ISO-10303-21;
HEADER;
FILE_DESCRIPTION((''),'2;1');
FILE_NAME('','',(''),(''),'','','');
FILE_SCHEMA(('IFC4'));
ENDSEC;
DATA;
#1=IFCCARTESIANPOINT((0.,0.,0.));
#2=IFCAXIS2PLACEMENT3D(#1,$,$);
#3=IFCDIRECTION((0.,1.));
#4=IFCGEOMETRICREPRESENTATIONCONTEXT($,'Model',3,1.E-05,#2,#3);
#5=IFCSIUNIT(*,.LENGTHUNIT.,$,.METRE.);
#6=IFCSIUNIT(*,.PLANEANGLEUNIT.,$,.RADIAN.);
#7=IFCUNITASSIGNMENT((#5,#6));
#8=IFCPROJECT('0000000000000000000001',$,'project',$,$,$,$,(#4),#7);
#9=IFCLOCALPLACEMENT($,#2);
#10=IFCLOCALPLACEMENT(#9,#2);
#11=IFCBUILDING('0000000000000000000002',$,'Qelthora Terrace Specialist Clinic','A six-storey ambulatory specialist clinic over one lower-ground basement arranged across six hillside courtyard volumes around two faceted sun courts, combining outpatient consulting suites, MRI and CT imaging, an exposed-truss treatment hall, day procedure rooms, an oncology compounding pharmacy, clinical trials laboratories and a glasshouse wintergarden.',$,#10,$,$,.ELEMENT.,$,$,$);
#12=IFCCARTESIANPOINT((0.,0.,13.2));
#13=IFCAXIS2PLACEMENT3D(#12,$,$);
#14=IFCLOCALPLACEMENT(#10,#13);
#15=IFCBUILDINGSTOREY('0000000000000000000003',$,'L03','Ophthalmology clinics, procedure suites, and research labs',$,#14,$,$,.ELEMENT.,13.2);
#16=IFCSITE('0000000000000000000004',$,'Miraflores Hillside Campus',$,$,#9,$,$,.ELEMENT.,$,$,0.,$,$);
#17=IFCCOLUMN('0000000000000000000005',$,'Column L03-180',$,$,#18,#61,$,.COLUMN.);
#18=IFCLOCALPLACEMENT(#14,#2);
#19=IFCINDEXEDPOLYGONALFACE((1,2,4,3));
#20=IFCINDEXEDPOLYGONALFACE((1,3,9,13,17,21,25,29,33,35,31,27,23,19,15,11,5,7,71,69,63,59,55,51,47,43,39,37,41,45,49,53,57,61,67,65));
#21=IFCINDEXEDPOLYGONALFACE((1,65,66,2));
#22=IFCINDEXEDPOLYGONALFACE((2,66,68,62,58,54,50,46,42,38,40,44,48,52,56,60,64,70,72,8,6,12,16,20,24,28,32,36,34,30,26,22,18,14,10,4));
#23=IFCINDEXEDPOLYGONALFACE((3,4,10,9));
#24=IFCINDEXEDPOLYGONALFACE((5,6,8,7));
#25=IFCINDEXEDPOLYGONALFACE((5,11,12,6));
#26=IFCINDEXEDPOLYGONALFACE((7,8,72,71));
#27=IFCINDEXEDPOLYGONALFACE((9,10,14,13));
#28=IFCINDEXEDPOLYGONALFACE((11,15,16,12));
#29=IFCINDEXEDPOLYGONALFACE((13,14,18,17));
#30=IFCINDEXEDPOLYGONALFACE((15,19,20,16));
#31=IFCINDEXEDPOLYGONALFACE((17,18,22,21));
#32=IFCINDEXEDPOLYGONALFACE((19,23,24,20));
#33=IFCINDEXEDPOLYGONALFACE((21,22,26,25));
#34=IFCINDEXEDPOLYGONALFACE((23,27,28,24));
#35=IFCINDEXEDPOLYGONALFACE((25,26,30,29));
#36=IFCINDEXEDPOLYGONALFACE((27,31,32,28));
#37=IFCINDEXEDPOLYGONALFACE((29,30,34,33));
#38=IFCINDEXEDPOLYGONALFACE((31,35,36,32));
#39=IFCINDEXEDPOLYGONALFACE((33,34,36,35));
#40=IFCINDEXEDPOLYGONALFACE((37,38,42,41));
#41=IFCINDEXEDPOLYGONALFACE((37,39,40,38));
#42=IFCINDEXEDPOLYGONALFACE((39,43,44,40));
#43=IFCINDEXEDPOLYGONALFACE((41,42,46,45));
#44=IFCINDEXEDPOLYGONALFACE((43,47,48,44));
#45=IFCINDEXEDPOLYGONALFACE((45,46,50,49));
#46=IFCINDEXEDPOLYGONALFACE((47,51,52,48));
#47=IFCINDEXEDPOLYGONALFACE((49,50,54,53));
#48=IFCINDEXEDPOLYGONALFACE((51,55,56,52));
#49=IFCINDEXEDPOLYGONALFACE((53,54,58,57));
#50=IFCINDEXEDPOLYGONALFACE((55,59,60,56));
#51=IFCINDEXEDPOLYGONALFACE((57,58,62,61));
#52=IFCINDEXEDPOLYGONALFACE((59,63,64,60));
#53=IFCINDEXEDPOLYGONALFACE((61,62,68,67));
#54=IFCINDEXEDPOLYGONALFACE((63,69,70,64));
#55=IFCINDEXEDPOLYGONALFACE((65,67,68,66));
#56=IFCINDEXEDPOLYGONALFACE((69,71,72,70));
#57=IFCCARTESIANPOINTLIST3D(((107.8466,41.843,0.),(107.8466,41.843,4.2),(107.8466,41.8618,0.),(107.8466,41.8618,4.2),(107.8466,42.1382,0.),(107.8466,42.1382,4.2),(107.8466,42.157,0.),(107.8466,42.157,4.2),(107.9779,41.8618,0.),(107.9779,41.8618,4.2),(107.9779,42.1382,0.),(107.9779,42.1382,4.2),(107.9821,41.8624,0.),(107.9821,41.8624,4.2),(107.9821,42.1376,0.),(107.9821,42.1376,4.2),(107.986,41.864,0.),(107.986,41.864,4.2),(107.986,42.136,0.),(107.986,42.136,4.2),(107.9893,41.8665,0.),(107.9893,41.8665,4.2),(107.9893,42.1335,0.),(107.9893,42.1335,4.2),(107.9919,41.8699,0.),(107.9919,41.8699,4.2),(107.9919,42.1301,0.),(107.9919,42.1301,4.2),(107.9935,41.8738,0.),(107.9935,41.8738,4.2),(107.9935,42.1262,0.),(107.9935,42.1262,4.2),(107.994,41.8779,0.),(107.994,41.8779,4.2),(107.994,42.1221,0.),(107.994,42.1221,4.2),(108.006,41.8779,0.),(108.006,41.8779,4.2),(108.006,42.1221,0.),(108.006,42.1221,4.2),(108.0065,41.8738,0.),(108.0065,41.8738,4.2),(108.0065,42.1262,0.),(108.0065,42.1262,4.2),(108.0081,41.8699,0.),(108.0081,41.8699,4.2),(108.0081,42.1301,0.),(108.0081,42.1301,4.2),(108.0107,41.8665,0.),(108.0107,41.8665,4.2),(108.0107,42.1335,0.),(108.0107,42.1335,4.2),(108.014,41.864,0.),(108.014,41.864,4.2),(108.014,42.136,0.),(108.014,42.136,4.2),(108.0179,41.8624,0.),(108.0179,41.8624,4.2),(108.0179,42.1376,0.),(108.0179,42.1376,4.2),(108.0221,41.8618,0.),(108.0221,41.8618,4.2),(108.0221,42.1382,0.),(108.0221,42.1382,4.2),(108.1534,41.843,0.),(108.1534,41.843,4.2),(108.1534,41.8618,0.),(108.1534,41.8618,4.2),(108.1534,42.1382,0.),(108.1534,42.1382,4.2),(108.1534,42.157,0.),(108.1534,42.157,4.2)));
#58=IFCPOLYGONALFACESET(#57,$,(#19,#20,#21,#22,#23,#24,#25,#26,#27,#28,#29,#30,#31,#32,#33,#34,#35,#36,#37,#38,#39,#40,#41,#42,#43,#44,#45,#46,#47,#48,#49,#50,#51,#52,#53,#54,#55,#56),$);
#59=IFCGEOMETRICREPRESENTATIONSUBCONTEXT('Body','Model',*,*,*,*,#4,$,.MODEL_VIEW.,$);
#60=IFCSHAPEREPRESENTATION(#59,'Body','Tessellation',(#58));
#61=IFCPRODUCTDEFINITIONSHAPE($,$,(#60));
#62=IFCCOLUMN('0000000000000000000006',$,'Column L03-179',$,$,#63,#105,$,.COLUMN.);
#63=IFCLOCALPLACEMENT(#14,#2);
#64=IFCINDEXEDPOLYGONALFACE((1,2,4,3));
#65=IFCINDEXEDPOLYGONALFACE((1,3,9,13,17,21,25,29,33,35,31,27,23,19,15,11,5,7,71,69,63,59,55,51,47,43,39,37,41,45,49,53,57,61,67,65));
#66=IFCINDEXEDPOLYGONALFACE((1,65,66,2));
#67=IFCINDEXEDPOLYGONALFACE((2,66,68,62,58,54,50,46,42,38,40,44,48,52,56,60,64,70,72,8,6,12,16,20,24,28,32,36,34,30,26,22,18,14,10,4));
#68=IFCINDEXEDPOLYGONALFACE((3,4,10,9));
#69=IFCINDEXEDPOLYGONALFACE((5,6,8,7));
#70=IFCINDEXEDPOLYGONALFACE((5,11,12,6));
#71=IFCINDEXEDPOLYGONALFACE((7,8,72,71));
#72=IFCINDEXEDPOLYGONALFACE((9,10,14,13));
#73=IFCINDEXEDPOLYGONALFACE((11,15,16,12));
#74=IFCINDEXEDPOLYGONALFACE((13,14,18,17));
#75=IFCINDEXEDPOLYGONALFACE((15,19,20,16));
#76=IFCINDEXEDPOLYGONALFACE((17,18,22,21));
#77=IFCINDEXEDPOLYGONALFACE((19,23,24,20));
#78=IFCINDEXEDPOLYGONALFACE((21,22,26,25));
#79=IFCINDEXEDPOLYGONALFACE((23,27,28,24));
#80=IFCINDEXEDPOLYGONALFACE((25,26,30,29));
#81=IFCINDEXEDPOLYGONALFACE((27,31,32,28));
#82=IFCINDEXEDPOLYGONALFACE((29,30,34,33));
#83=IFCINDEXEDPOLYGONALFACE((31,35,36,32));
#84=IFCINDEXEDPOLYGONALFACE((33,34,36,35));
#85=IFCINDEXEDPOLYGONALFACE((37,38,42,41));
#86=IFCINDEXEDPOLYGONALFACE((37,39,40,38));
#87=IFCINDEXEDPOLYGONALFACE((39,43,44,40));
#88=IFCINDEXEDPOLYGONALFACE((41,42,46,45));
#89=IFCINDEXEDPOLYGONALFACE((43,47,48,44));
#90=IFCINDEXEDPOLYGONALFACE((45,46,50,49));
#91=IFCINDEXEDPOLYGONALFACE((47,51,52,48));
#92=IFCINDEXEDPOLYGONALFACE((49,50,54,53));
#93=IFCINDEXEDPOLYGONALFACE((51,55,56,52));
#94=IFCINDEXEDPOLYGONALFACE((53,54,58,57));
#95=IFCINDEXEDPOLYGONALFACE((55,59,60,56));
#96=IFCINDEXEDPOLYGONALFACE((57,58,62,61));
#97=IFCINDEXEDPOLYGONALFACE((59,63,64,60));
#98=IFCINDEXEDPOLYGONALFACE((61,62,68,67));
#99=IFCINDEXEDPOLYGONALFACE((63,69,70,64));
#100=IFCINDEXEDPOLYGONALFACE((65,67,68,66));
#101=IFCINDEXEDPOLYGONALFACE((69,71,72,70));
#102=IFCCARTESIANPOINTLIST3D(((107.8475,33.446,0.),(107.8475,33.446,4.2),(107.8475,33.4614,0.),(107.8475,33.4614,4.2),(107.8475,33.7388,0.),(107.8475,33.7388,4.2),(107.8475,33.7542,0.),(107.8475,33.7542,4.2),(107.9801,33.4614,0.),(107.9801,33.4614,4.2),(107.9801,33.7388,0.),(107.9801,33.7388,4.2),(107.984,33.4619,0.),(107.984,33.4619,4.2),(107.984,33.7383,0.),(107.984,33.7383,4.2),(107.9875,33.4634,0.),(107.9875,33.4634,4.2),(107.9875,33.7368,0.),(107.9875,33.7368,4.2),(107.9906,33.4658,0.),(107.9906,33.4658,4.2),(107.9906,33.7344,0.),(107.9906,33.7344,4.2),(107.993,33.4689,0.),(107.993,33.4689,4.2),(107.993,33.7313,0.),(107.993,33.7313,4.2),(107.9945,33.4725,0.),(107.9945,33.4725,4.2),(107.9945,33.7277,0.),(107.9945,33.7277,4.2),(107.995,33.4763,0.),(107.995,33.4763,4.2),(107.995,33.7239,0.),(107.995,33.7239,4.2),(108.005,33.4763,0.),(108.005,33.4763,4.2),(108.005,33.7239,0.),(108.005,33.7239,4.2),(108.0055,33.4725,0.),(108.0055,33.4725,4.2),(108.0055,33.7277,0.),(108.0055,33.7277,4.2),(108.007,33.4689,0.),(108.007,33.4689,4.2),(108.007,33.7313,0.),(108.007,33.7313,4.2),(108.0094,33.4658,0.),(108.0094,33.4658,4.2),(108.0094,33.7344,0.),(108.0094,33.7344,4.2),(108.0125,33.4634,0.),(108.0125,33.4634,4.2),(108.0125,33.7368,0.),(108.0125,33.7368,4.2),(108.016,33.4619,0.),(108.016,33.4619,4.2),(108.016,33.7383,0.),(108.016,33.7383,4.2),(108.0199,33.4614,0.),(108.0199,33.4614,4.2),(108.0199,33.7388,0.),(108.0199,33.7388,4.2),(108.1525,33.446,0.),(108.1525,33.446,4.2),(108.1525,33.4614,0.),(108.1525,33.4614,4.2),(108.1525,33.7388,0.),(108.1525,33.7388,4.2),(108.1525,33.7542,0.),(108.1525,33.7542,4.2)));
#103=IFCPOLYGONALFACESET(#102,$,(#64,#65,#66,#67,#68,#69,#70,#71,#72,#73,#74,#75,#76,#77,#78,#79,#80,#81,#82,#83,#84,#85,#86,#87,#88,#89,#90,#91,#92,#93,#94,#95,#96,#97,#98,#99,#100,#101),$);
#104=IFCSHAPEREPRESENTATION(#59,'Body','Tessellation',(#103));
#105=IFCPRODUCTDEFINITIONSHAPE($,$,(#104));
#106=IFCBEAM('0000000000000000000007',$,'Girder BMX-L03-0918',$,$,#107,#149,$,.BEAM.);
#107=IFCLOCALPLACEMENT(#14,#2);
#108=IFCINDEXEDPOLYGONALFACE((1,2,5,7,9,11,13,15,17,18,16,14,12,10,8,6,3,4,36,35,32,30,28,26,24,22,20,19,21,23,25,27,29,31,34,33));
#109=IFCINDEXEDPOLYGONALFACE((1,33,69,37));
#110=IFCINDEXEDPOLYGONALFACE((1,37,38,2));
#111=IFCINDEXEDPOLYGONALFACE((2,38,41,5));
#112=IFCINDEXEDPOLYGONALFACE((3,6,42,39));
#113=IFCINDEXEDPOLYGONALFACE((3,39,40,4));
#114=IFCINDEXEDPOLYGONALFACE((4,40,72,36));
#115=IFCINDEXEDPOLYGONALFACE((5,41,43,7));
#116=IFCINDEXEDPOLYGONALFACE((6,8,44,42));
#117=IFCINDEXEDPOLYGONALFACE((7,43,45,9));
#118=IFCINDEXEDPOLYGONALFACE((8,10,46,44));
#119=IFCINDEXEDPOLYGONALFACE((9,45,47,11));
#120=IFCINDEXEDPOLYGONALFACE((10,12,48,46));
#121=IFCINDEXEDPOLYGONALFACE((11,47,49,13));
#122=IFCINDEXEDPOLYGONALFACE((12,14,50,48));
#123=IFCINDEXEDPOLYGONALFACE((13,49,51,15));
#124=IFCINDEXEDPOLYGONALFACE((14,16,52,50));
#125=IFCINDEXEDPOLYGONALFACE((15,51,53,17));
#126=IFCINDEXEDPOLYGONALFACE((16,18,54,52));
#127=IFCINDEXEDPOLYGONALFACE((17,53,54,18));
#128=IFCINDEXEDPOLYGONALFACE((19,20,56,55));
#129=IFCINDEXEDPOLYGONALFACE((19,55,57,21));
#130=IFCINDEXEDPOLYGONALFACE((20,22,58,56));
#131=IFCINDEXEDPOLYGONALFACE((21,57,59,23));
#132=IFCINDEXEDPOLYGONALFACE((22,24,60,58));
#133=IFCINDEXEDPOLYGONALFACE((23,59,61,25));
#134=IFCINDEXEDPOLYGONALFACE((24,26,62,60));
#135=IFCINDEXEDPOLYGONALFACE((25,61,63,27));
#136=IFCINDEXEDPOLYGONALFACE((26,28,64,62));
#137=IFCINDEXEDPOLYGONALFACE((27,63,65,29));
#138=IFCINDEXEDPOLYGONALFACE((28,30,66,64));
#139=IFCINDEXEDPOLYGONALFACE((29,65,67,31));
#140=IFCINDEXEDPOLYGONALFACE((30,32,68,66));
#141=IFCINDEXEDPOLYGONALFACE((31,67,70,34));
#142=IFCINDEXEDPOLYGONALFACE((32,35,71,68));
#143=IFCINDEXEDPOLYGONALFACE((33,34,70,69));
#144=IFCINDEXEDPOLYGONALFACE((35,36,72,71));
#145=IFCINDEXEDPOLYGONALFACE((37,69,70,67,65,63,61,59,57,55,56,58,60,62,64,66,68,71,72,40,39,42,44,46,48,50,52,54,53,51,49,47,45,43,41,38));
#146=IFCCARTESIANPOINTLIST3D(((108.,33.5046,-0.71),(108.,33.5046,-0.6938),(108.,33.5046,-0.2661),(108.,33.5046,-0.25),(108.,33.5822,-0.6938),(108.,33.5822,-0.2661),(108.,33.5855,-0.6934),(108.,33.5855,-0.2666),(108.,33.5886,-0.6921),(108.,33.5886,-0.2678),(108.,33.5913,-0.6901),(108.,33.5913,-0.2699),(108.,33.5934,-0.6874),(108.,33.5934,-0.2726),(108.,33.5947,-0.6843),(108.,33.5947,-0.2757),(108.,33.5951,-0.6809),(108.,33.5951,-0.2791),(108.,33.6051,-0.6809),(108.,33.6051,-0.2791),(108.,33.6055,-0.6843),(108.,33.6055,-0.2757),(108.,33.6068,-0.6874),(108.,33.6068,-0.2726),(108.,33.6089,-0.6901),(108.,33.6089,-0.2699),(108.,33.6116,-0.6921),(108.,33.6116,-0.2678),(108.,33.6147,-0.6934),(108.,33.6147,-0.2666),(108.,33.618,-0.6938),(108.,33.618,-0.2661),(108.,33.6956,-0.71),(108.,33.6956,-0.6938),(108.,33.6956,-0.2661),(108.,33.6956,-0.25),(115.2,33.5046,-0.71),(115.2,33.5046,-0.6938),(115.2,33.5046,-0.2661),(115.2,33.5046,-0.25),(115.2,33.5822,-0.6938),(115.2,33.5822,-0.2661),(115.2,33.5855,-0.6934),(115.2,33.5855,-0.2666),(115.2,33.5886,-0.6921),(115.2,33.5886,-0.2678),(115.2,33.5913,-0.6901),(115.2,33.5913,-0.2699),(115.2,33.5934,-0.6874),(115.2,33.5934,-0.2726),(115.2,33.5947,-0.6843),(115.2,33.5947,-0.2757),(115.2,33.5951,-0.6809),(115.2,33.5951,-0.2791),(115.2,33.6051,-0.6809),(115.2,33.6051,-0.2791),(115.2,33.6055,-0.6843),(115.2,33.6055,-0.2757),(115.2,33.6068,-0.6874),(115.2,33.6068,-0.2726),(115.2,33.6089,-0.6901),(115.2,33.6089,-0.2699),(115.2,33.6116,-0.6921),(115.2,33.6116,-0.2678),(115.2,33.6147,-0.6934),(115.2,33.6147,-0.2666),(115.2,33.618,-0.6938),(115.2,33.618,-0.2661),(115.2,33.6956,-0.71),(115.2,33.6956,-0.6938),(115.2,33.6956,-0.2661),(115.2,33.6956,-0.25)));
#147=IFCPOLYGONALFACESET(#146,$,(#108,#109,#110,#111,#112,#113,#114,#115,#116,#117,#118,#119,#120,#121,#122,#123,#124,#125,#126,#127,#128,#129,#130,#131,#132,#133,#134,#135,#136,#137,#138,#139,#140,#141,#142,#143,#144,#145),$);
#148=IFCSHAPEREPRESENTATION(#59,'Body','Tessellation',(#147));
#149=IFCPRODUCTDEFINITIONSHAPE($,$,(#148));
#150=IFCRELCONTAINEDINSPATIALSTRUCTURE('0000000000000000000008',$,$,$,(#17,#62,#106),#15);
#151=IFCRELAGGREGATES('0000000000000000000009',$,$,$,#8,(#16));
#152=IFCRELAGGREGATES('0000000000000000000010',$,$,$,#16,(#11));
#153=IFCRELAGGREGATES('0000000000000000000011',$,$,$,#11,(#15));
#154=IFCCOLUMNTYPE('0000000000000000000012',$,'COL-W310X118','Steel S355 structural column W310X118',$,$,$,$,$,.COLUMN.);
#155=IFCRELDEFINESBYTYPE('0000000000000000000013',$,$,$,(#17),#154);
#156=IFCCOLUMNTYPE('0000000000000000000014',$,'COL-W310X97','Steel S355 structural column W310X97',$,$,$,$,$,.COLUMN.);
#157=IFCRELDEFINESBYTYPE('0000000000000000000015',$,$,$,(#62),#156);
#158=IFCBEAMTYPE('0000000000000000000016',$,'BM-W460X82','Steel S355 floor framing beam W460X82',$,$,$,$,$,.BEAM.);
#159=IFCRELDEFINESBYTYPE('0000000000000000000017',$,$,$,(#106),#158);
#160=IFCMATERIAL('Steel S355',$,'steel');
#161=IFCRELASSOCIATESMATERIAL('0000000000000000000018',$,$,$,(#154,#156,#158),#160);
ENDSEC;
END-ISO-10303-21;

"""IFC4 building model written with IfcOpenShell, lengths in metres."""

from ifc_helpers import new_model, si_unit, direction, frame, origin, origin_2d, place, context, subcontext, project, spatial, i_section, extrude, material, material_profile, profile_set, type_object, element, save


model = new_model("IFC4")

# Units and contexts
model_context = context("Model", 3, precision=1e-05, world=origin(), true_north=direction((0.0, 1.0)))
body_context = subcontext(model_context, "Body", "Model", "MODEL_VIEW")
ifc_project = project(units=[si_unit("LENGTHUNIT", "METRE"), si_unit("PLANEANGLEUNIT", "RADIAN")], contexts=[model_context])

# Site, building, storey
site_placement = place(None, origin())
site = spatial("IfcSite", under=ifc_project, at=site_placement, Name="Miraflores Hillside Campus", CompositionType="ELEMENT", RefElevation=0.0)
building_placement = place(site_placement, origin())
building = spatial("IfcBuilding", under=site, at=building_placement, Name="Qelthora Terrace Specialist Clinic", Description="A six-storey ambulatory specialist clinic over one lower-ground basement arranged across six hillside courtyard volumes around two faceted sun courts, combining outpatient consulting suites, MRI and CT imaging, an exposed-truss treatment hall, day procedure rooms, an oncology compounding pharmacy, clinical trials laboratories and a glasshouse wintergarden.", CompositionType="ELEMENT")
storey_placement = place(building_placement, frame((0.0, 0.0, 13.2)))
storey = spatial("IfcBuildingStorey", under=building, at=storey_placement, Name="L03", Description="Ophthalmology clinics, procedure suites, and research labs", CompositionType="ELEMENT", Elevation=13.2)

# Columns
ifc_material_1 = material(Name="Steel S355", Category="steel")
ifc_material_profile_1 = material_profile(ifc_material_1, i_section(OverallWidth=0.3069, OverallDepth=0.314, WebThickness=0.012, FlangeThickness=0.0188, FilletRadius=0.0161, at=origin_2d()), Name="W310X118")
ifc_profile_set_1 = profile_set([ifc_material_profile_1], Name="Steel S355")
column_type_1 = type_object("IfcColumnType", Name="COL-W310X118", Description="Steel S355 structural column W310X118", PredefinedType="COLUMN", material=ifc_profile_set_1)
column_1_placement = place(storey_placement, frame((108.0, 42.0, 0.0), z_axis=(0.0, 0.0, 1.0), x_axis=(1.0, 0.0, 0.0)))
element("IfcColumn", 1, at=column_1_placement, inside=storey, type_object=column_type_1, Name="Column L03-180", PredefinedType="COLUMN", context=body_context, shape_type="SweptSolid", body=[
    extrude(i_section(OverallWidth=0.3069, OverallDepth=0.314, WebThickness=0.012, FlangeThickness=0.0188, FilletRadius=0.0161, at=origin_2d()), origin(), (0.0, 0.0, 1.0), 4.2),
])
ifc_material_profile_2 = material_profile(ifc_material_1, i_section(OverallWidth=0.3049, OverallDepth=0.3081, WebThickness=0.01, FlangeThickness=0.0154, FilletRadius=0.0149, at=origin_2d()), Name="W310X97")
ifc_profile_set_2 = profile_set([ifc_material_profile_2], Name="Steel S355")
column_type_2 = type_object("IfcColumnType", Name="COL-W310X97", Description="Steel S355 structural column W310X97", PredefinedType="COLUMN", material=ifc_profile_set_2)
column_2_placement = place(storey_placement, frame((108.0, 33.6001, 0.0), z_axis=(0.0, 0.0, 1.0), x_axis=(1.0, 0.0, 0.0)))
element("IfcColumn", 2, at=column_2_placement, inside=storey, type_object=column_type_2, Name="Column L03-179", PredefinedType="COLUMN", context=body_context, shape_type="SweptSolid", body=[
    extrude(i_section(OverallWidth=0.3049, OverallDepth=0.3081, WebThickness=0.01, FlangeThickness=0.0154, FilletRadius=0.0149, at=origin_2d()), origin(), (0.0, 0.0, 1.0), 4.2),
])

# Beam
ifc_material_profile_3 = material_profile(ifc_material_1, i_section(OverallWidth=0.1909, OverallDepth=0.46, WebThickness=0.01, FlangeThickness=0.0161, FilletRadius=0.0129, at=origin_2d()), Name="W460X82")
ifc_profile_set_3 = profile_set([ifc_material_profile_3], Name="Steel S355")
beam_type_1 = type_object("IfcBeamType", Name="BM-W460X82", Description="Steel S355 floor framing beam W460X82", PredefinedType="BEAM", material=ifc_profile_set_3)
beam_1_placement = place(storey_placement, frame((108.0, 33.6001, -0.48), z_axis=(1.0, 0.0, 0.0), x_axis=(0.0, 1.0, 0.0)))
element("IfcBeam", 3, at=beam_1_placement, inside=storey, type_object=beam_type_1, Name="Girder BMX-L03-0918", PredefinedType="BEAM", context=body_context, shape_type="SweptSolid", body=[
    extrude(i_section(OverallWidth=0.1909, OverallDepth=0.46, WebThickness=0.01, FlangeThickness=0.0161, FilletRadius=0.0129, at=origin_2d()), origin(), (0.0, 0.0, 1.0), 7.2),
])

save(model, "model.ifc")
